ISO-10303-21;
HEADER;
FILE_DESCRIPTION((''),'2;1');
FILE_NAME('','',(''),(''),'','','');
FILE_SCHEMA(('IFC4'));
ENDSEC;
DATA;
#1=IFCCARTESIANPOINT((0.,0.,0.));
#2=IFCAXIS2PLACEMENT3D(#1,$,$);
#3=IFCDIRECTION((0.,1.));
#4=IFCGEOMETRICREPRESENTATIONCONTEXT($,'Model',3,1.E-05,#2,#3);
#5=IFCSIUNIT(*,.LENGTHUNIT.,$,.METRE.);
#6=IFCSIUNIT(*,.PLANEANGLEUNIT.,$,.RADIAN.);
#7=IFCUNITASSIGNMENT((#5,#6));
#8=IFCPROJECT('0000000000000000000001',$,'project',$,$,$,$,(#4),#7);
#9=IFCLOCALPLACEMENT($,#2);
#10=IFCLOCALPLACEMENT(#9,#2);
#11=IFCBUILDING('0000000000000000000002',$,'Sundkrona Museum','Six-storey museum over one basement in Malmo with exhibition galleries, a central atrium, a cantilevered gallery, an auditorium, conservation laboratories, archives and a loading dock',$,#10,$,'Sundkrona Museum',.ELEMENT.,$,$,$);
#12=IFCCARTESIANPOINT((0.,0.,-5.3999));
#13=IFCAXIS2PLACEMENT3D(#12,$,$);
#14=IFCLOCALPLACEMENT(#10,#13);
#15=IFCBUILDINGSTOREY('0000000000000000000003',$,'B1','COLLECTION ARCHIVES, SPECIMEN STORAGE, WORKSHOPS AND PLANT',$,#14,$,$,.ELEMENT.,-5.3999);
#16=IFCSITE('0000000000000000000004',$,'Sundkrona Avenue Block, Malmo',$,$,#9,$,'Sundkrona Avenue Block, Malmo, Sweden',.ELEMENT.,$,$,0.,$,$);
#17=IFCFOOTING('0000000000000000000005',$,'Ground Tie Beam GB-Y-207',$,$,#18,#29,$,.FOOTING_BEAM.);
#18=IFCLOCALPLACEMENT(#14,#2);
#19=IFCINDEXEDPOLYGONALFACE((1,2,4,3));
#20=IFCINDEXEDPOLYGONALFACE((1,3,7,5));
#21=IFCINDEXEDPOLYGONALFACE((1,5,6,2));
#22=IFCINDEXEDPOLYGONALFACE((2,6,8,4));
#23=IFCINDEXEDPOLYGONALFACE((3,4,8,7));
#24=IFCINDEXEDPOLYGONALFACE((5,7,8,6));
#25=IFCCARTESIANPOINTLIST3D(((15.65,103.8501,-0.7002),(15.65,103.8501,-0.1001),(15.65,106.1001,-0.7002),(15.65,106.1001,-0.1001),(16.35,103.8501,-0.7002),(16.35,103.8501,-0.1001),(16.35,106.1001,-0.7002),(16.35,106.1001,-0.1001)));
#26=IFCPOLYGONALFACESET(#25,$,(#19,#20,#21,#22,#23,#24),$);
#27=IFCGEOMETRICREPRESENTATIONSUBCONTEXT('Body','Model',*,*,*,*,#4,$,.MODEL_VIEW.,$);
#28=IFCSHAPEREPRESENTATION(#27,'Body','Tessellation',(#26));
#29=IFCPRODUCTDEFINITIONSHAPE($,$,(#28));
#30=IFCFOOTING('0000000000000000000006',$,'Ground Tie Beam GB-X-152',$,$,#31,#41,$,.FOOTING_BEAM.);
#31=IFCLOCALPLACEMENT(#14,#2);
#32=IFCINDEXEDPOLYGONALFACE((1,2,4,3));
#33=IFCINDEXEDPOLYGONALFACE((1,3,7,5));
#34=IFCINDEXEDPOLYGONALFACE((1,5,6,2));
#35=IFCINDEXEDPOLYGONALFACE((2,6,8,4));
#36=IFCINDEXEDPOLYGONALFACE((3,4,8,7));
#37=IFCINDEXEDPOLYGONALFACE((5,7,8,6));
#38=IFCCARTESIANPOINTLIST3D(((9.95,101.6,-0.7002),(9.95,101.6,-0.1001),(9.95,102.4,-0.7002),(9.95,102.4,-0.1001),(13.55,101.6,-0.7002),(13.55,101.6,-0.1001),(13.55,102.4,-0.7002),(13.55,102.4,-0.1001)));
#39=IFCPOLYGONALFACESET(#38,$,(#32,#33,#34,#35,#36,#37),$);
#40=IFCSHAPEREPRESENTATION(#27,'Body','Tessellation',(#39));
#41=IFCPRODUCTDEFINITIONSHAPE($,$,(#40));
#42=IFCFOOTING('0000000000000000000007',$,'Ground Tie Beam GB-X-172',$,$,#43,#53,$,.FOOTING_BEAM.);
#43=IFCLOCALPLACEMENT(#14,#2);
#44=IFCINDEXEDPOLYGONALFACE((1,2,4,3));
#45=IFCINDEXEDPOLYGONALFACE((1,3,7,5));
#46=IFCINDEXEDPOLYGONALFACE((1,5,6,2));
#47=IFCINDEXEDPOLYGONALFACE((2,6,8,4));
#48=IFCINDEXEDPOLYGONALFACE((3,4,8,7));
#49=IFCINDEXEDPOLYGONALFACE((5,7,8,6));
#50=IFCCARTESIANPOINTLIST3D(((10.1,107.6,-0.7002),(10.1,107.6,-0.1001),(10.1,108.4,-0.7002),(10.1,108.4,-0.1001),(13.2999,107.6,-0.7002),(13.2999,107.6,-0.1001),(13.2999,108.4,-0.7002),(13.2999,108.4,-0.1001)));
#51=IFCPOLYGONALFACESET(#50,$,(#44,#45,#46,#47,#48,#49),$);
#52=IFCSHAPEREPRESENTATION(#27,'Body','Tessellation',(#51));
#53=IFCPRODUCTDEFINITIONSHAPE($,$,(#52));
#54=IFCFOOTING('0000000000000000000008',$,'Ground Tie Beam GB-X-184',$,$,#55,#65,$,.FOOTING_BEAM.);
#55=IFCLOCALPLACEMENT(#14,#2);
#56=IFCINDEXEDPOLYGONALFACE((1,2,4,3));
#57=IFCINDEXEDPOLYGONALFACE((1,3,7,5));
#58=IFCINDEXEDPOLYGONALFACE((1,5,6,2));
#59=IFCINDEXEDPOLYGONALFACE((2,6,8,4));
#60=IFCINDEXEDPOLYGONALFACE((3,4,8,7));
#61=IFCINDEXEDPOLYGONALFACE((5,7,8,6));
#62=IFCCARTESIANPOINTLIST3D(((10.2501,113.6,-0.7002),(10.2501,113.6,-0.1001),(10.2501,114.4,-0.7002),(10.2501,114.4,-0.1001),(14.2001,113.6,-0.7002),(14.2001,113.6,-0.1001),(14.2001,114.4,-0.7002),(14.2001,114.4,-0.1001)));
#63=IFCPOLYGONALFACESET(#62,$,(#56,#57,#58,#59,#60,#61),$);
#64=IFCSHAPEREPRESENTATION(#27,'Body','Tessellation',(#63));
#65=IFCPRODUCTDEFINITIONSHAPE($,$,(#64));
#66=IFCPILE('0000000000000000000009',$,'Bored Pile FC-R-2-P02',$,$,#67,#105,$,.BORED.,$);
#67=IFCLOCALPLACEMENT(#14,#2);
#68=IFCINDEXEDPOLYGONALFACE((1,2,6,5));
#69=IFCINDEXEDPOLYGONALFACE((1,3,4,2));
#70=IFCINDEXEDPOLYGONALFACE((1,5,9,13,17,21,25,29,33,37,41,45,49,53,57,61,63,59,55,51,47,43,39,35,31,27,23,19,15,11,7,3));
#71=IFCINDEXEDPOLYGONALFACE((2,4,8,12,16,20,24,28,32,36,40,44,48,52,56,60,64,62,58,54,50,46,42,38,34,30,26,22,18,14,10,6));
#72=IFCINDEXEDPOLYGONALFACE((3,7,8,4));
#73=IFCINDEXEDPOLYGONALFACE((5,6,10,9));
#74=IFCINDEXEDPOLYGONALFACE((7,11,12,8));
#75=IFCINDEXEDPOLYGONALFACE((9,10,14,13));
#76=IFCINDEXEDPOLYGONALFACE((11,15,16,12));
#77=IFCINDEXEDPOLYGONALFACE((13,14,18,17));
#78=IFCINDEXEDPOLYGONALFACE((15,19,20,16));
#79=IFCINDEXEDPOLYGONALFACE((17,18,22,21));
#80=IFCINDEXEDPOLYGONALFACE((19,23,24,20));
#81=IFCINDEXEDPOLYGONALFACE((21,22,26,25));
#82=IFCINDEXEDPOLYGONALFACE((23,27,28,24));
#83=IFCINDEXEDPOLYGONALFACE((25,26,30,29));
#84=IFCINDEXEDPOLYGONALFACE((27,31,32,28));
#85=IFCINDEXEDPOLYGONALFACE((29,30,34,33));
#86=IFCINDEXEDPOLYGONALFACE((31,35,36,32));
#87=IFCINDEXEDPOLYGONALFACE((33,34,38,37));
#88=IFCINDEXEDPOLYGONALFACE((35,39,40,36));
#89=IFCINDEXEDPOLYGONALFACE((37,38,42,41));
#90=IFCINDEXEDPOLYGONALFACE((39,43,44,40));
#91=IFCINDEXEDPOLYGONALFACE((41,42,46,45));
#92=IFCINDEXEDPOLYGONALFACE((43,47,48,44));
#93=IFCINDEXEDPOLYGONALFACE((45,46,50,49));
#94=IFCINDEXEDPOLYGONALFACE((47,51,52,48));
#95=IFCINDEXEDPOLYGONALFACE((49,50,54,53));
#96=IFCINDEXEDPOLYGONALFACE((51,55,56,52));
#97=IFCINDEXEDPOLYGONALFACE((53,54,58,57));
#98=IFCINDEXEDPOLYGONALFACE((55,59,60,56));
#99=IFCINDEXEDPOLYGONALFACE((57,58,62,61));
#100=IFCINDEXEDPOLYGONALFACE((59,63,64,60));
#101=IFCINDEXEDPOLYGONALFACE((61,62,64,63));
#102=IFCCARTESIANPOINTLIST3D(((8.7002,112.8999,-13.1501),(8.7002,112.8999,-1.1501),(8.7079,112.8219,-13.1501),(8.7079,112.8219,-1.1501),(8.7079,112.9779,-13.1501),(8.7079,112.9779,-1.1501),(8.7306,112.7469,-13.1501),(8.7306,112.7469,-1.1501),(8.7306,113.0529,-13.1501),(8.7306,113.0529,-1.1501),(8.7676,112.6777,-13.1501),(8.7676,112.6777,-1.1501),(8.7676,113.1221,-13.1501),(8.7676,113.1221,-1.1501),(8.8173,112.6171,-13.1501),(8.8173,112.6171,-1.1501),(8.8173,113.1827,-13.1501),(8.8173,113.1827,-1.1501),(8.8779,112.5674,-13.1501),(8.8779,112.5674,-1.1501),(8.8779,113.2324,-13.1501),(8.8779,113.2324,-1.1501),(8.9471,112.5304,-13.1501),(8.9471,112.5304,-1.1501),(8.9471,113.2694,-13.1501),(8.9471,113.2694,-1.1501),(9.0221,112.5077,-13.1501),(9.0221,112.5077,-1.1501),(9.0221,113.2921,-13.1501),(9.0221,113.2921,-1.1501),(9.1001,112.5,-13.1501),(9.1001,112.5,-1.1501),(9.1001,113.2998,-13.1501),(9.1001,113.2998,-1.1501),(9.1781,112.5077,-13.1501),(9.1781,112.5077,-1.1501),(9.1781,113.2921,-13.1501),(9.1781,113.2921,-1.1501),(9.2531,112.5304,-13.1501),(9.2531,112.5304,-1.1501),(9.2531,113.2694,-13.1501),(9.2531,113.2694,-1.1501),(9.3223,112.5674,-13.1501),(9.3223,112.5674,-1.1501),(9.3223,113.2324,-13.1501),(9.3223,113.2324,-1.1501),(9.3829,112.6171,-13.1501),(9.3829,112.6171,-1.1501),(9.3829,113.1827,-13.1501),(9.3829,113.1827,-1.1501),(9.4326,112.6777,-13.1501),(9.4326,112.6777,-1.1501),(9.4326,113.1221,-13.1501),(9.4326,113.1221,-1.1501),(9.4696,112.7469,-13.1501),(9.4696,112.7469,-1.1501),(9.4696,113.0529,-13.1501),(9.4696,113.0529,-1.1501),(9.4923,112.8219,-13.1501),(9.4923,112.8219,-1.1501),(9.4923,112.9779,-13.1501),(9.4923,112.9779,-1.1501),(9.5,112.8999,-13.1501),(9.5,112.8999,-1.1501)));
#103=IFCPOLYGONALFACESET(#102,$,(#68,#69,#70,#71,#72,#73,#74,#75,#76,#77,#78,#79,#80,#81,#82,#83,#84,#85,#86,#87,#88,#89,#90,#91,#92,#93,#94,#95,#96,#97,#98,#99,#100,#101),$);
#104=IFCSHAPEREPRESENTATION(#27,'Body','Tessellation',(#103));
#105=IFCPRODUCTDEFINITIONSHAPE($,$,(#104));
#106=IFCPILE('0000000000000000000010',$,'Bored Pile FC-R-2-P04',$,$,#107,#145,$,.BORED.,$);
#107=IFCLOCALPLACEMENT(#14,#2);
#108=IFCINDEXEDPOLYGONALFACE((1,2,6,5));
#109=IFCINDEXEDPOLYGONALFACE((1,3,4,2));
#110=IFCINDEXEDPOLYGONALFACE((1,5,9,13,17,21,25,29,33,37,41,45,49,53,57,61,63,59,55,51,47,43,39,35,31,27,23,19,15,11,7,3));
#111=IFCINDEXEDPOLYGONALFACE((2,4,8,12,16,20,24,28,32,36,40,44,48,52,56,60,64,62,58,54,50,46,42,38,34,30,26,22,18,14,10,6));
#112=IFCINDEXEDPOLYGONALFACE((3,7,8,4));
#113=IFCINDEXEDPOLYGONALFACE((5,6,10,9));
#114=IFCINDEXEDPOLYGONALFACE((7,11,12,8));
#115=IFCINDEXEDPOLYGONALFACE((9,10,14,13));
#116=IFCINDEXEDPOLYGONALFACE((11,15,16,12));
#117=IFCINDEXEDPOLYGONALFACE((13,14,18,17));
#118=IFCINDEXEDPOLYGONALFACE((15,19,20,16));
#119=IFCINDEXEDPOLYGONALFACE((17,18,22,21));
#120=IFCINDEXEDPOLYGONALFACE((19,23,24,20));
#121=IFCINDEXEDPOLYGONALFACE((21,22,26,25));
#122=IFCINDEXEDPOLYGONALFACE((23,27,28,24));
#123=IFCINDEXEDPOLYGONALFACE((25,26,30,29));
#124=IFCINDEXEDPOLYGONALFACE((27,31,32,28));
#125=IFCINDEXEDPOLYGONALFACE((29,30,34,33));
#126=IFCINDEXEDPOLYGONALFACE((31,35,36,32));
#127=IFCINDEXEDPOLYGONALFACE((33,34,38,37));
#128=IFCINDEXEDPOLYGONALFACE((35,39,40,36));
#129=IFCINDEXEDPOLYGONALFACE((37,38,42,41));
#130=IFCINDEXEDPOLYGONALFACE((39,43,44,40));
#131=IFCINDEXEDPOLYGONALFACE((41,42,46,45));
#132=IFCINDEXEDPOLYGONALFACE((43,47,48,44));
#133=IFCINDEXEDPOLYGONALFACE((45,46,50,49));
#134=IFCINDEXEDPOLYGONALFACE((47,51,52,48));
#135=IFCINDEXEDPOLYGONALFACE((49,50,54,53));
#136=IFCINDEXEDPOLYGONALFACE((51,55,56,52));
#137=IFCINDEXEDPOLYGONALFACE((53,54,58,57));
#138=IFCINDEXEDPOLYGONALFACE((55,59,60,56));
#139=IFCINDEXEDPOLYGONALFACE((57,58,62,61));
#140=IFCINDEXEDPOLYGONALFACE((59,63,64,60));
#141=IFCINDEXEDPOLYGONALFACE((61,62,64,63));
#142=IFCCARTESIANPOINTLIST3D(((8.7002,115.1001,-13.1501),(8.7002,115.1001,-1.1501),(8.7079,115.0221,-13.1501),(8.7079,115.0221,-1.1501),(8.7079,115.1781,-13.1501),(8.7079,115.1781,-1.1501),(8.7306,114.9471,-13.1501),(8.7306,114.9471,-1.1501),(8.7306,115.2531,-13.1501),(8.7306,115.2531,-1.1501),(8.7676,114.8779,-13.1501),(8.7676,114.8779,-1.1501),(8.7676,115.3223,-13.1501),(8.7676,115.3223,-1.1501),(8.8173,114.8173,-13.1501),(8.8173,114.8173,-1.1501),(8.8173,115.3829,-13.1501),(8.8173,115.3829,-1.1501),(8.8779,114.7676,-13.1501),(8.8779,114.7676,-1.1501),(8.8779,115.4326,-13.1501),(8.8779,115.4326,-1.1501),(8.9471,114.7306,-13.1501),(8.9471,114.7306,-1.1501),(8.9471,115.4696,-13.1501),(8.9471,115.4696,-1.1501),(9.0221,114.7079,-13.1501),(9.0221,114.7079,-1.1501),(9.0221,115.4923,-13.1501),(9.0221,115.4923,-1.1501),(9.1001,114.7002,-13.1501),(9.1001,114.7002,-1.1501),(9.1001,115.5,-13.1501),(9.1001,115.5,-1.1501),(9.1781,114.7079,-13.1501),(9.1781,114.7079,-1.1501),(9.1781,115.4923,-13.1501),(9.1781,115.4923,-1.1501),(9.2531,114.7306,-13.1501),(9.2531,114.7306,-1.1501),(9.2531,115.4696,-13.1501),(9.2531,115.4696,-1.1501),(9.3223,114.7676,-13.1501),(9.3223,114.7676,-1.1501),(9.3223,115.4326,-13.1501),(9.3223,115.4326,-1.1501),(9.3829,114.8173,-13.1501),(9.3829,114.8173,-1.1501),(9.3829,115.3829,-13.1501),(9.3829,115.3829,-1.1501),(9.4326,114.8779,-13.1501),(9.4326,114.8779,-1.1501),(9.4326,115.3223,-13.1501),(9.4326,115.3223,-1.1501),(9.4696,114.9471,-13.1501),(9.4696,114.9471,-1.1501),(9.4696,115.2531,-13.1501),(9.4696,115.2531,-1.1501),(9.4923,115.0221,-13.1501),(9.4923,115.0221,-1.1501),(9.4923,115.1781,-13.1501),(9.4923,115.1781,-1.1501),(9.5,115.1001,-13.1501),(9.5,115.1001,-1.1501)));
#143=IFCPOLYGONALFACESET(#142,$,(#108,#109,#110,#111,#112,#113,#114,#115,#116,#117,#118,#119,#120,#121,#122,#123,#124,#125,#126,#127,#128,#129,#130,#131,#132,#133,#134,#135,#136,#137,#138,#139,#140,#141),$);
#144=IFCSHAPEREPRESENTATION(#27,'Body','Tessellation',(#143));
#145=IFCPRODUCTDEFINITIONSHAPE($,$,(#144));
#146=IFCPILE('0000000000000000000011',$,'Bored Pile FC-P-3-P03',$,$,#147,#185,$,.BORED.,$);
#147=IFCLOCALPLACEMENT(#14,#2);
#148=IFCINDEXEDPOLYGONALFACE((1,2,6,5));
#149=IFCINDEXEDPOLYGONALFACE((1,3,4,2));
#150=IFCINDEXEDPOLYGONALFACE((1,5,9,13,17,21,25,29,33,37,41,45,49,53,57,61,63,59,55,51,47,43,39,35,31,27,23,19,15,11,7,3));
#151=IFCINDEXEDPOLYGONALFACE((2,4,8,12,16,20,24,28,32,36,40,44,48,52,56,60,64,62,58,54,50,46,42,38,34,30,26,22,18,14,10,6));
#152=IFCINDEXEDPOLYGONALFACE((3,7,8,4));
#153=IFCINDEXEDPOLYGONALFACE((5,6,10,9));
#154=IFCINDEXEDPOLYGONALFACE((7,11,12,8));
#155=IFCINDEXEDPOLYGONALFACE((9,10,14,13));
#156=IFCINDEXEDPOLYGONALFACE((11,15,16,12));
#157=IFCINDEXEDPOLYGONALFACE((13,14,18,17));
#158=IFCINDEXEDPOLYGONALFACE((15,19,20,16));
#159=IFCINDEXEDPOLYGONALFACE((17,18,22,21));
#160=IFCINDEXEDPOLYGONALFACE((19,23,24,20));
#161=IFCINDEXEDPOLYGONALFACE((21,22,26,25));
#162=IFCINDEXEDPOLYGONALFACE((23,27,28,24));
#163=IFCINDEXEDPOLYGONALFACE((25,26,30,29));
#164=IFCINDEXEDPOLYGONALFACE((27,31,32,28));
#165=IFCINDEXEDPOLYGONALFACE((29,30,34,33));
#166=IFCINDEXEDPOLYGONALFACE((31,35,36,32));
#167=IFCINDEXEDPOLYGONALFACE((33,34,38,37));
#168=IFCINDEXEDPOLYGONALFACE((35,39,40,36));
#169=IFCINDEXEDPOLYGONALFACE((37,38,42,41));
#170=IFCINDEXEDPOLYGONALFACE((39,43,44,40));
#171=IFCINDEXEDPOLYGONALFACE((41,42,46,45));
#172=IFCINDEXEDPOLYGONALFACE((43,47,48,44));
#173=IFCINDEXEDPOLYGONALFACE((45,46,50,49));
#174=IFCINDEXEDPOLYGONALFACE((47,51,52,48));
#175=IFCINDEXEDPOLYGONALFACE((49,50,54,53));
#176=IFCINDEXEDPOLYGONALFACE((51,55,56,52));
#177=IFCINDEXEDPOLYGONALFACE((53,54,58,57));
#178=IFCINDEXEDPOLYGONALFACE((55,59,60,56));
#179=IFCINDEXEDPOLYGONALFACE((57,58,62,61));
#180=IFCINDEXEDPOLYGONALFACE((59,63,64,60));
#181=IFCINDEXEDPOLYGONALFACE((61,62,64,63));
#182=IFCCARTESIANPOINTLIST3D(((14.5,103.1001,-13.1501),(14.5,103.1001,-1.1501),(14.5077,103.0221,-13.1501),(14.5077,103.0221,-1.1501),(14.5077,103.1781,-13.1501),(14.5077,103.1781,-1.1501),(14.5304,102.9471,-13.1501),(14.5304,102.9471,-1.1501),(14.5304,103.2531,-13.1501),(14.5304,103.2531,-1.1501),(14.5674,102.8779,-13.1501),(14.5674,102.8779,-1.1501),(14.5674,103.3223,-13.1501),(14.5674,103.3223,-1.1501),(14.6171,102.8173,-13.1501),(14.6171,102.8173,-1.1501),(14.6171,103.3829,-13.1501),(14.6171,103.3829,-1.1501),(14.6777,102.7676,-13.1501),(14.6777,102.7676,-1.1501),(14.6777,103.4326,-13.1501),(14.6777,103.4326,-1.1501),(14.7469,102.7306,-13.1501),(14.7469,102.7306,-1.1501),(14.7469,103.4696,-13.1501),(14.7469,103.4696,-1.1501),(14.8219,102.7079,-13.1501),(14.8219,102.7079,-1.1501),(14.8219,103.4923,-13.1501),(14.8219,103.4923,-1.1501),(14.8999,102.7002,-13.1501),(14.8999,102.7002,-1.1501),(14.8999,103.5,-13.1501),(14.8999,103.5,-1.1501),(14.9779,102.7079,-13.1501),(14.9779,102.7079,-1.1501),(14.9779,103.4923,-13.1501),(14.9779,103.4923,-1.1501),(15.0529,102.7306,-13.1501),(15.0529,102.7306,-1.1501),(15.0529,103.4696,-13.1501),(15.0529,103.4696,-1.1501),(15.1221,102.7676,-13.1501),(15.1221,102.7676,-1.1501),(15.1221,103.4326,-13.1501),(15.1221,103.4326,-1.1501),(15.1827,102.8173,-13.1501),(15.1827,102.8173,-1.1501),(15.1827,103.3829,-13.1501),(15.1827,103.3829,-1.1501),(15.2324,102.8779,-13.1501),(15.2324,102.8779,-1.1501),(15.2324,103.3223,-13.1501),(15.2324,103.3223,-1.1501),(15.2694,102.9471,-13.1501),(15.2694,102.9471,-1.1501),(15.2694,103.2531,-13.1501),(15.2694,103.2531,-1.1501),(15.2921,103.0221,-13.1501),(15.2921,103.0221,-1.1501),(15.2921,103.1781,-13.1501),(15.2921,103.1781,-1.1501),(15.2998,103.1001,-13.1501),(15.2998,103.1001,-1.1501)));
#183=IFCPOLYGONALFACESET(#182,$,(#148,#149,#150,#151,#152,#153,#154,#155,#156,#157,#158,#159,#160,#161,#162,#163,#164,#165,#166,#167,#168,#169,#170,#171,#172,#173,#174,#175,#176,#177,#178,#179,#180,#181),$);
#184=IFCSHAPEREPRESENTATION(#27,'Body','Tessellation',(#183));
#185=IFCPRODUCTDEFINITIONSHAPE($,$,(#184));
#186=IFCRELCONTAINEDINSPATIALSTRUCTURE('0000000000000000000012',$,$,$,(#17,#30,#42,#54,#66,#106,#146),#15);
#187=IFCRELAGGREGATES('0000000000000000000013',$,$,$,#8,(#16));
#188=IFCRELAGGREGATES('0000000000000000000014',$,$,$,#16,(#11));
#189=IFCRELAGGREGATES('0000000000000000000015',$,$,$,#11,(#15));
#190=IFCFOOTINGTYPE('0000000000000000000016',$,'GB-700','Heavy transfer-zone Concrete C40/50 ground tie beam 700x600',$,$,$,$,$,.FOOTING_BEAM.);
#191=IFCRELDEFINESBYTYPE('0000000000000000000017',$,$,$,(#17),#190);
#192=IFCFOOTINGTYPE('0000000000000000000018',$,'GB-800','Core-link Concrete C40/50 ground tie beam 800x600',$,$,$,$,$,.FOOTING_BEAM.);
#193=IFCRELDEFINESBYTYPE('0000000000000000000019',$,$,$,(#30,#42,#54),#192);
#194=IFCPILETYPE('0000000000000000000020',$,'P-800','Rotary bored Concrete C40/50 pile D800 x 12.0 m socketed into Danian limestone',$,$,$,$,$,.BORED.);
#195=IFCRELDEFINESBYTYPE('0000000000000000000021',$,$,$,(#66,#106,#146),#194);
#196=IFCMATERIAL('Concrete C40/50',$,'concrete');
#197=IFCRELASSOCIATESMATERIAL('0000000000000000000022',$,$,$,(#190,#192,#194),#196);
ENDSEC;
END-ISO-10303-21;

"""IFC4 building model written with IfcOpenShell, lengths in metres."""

from ifc_helpers import new_model, si_unit, direction, frame, origin, origin_2d, place, context, subcontext, project, spatial, rectangle, circle, extrude, material, material_profile, profile_set, type_object, element, save


model = new_model("IFC4")

# Units and contexts
model_context = context("Model", 3, precision=1e-05, world=origin(), true_north=direction((0.0, 1.0)))
body_context = subcontext(model_context, "Body", "Model", "MODEL_VIEW")
ifc_project = project(units=[si_unit("LENGTHUNIT", "METRE"), si_unit("PLANEANGLEUNIT", "RADIAN")], contexts=[model_context])

# Site, building, storey
site_placement = place(None, origin())
site = spatial("IfcSite", under=ifc_project, at=site_placement, Name="Sundkrona Avenue Block, Malmo", LongName="Sundkrona Avenue Block, Malmo, Sweden", CompositionType="ELEMENT", RefElevation=0.0)
building_placement = place(site_placement, origin())
building = spatial("IfcBuilding", under=site, at=building_placement, Name="Sundkrona Museum", Description="Six-storey museum over one basement in Malmo with exhibition galleries, a central atrium, a cantilevered gallery, an auditorium, conservation laboratories, archives and a loading dock", LongName="Sundkrona Museum", CompositionType="ELEMENT")
storey_placement = place(building_placement, frame((0.0, 0.0, -5.3999)))
storey = spatial("IfcBuildingStorey", under=building, at=storey_placement, Name="B1", Description="COLLECTION ARCHIVES, SPECIMEN STORAGE, WORKSHOPS AND PLANT", CompositionType="ELEMENT", Elevation=-5.3999)

# Footings
ifc_material_1 = material(Name="Concrete C40/50", Category="concrete")
footing_type_1 = type_object("IfcFootingType", Name="GB-700", Description="Heavy transfer-zone Concrete C40/50 ground tie beam 700x600", PredefinedType="FOOTING_BEAM", material=ifc_material_1)
footing_1_placement = place(storey_placement, frame((16.0, 104.9751, -0.7002), z_axis=(0.0, 0.0, 1.0), x_axis=(0.0, 1.0, 0.0)))
element("IfcFooting", 1, at=footing_1_placement, inside=storey, type_object=footing_type_1, Name="Ground Tie Beam GB-Y-207", PredefinedType="FOOTING_BEAM", context=body_context, shape_type="SweptSolid", body=[
    extrude(rectangle(XDim=2.25, YDim=0.7, at=origin_2d()), origin(), (0.0, 0.0, 1.0), 0.6001),
])
footing_type_2 = type_object("IfcFootingType", Name="GB-800", Description="Core-link Concrete C40/50 ground tie beam 800x600", PredefinedType="FOOTING_BEAM", material=ifc_material_1)
footing_2_placement = place(storey_placement, frame((11.75, 102.0, -0.7002), z_axis=(0.0, 0.0, 1.0), x_axis=(1.0, 0.0, 0.0)))
element("IfcFooting", 2, at=footing_2_placement, inside=storey, type_object=footing_type_2, Name="Ground Tie Beam GB-X-152", PredefinedType="FOOTING_BEAM", context=body_context, shape_type="SweptSolid", body=[
    extrude(rectangle(XDim=3.6001, YDim=0.8, at=origin_2d()), origin(), (0.0, 0.0, 1.0), 0.6001),
])
footing_3_placement = place(storey_placement, frame((11.7, 108.0, -0.7002), z_axis=(0.0, 0.0, 1.0), x_axis=(1.0, 0.0, 0.0)))
element("IfcFooting", 3, at=footing_3_placement, inside=storey, type_object=footing_type_2, Name="Ground Tie Beam GB-X-172", PredefinedType="FOOTING_BEAM", context=body_context, shape_type="SweptSolid", body=[
    extrude(rectangle(XDim=3.2, YDim=0.8, at=origin_2d()), origin(), (0.0, 0.0, 1.0), 0.6001),
])
footing_4_placement = place(storey_placement, frame((12.2251, 114.0, -0.7002), z_axis=(0.0, 0.0, 1.0), x_axis=(1.0, 0.0, 0.0)))
element("IfcFooting", 4, at=footing_4_placement, inside=storey, type_object=footing_type_2, Name="Ground Tie Beam GB-X-184", PredefinedType="FOOTING_BEAM", context=body_context, shape_type="SweptSolid", body=[
    extrude(rectangle(XDim=3.95, YDim=0.8, at=origin_2d()), origin(), (0.0, 0.0, 1.0), 0.6001),
])

# Piles
ifc_material_profile_1 = material_profile(ifc_material_1, circle(Radius=0.3999, at=origin_2d()), Name="PILE D800")
ifc_profile_set_1 = profile_set([ifc_material_profile_1], Name="Concrete C40/50")
pile_type = type_object("IfcPileType", Name="P-800", Description="Rotary bored Concrete C40/50 pile D800 x 12.0 m socketed into Danian limestone", PredefinedType="BORED", material=ifc_profile_set_1)
for number, where, z_axis, x_axis, name in (
    (5, (9.1001, 112.8999, -1.1501), (0.0, 0.0, -1.0), (1.0, 0.0, 0.0), "Bored Pile FC-R-2-P02"),
    (6, (9.1001, 115.1001, -1.1501), (0.0, 0.0, -1.0), (1.0, 0.0, 0.0), "Bored Pile FC-R-2-P04"),
    (7, (14.8999, 103.1001, -1.1501), (0.0, 0.0, -1.0), (1.0, 0.0, 0.0), "Bored Pile FC-P-3-P03"),
):
    element("IfcPile", number, at=place(storey_placement, frame(where, z_axis=z_axis, x_axis=x_axis)), inside=storey, type_object=pile_type, Name=name, PredefinedType="BORED", context=body_context, shape_type="SweptSolid", body=[
        extrude(circle(Radius=0.3999, at=origin_2d()), origin(), (0.0, 0.0, 1.0), 12.0),
    ])

save(model, "model.ifc")
